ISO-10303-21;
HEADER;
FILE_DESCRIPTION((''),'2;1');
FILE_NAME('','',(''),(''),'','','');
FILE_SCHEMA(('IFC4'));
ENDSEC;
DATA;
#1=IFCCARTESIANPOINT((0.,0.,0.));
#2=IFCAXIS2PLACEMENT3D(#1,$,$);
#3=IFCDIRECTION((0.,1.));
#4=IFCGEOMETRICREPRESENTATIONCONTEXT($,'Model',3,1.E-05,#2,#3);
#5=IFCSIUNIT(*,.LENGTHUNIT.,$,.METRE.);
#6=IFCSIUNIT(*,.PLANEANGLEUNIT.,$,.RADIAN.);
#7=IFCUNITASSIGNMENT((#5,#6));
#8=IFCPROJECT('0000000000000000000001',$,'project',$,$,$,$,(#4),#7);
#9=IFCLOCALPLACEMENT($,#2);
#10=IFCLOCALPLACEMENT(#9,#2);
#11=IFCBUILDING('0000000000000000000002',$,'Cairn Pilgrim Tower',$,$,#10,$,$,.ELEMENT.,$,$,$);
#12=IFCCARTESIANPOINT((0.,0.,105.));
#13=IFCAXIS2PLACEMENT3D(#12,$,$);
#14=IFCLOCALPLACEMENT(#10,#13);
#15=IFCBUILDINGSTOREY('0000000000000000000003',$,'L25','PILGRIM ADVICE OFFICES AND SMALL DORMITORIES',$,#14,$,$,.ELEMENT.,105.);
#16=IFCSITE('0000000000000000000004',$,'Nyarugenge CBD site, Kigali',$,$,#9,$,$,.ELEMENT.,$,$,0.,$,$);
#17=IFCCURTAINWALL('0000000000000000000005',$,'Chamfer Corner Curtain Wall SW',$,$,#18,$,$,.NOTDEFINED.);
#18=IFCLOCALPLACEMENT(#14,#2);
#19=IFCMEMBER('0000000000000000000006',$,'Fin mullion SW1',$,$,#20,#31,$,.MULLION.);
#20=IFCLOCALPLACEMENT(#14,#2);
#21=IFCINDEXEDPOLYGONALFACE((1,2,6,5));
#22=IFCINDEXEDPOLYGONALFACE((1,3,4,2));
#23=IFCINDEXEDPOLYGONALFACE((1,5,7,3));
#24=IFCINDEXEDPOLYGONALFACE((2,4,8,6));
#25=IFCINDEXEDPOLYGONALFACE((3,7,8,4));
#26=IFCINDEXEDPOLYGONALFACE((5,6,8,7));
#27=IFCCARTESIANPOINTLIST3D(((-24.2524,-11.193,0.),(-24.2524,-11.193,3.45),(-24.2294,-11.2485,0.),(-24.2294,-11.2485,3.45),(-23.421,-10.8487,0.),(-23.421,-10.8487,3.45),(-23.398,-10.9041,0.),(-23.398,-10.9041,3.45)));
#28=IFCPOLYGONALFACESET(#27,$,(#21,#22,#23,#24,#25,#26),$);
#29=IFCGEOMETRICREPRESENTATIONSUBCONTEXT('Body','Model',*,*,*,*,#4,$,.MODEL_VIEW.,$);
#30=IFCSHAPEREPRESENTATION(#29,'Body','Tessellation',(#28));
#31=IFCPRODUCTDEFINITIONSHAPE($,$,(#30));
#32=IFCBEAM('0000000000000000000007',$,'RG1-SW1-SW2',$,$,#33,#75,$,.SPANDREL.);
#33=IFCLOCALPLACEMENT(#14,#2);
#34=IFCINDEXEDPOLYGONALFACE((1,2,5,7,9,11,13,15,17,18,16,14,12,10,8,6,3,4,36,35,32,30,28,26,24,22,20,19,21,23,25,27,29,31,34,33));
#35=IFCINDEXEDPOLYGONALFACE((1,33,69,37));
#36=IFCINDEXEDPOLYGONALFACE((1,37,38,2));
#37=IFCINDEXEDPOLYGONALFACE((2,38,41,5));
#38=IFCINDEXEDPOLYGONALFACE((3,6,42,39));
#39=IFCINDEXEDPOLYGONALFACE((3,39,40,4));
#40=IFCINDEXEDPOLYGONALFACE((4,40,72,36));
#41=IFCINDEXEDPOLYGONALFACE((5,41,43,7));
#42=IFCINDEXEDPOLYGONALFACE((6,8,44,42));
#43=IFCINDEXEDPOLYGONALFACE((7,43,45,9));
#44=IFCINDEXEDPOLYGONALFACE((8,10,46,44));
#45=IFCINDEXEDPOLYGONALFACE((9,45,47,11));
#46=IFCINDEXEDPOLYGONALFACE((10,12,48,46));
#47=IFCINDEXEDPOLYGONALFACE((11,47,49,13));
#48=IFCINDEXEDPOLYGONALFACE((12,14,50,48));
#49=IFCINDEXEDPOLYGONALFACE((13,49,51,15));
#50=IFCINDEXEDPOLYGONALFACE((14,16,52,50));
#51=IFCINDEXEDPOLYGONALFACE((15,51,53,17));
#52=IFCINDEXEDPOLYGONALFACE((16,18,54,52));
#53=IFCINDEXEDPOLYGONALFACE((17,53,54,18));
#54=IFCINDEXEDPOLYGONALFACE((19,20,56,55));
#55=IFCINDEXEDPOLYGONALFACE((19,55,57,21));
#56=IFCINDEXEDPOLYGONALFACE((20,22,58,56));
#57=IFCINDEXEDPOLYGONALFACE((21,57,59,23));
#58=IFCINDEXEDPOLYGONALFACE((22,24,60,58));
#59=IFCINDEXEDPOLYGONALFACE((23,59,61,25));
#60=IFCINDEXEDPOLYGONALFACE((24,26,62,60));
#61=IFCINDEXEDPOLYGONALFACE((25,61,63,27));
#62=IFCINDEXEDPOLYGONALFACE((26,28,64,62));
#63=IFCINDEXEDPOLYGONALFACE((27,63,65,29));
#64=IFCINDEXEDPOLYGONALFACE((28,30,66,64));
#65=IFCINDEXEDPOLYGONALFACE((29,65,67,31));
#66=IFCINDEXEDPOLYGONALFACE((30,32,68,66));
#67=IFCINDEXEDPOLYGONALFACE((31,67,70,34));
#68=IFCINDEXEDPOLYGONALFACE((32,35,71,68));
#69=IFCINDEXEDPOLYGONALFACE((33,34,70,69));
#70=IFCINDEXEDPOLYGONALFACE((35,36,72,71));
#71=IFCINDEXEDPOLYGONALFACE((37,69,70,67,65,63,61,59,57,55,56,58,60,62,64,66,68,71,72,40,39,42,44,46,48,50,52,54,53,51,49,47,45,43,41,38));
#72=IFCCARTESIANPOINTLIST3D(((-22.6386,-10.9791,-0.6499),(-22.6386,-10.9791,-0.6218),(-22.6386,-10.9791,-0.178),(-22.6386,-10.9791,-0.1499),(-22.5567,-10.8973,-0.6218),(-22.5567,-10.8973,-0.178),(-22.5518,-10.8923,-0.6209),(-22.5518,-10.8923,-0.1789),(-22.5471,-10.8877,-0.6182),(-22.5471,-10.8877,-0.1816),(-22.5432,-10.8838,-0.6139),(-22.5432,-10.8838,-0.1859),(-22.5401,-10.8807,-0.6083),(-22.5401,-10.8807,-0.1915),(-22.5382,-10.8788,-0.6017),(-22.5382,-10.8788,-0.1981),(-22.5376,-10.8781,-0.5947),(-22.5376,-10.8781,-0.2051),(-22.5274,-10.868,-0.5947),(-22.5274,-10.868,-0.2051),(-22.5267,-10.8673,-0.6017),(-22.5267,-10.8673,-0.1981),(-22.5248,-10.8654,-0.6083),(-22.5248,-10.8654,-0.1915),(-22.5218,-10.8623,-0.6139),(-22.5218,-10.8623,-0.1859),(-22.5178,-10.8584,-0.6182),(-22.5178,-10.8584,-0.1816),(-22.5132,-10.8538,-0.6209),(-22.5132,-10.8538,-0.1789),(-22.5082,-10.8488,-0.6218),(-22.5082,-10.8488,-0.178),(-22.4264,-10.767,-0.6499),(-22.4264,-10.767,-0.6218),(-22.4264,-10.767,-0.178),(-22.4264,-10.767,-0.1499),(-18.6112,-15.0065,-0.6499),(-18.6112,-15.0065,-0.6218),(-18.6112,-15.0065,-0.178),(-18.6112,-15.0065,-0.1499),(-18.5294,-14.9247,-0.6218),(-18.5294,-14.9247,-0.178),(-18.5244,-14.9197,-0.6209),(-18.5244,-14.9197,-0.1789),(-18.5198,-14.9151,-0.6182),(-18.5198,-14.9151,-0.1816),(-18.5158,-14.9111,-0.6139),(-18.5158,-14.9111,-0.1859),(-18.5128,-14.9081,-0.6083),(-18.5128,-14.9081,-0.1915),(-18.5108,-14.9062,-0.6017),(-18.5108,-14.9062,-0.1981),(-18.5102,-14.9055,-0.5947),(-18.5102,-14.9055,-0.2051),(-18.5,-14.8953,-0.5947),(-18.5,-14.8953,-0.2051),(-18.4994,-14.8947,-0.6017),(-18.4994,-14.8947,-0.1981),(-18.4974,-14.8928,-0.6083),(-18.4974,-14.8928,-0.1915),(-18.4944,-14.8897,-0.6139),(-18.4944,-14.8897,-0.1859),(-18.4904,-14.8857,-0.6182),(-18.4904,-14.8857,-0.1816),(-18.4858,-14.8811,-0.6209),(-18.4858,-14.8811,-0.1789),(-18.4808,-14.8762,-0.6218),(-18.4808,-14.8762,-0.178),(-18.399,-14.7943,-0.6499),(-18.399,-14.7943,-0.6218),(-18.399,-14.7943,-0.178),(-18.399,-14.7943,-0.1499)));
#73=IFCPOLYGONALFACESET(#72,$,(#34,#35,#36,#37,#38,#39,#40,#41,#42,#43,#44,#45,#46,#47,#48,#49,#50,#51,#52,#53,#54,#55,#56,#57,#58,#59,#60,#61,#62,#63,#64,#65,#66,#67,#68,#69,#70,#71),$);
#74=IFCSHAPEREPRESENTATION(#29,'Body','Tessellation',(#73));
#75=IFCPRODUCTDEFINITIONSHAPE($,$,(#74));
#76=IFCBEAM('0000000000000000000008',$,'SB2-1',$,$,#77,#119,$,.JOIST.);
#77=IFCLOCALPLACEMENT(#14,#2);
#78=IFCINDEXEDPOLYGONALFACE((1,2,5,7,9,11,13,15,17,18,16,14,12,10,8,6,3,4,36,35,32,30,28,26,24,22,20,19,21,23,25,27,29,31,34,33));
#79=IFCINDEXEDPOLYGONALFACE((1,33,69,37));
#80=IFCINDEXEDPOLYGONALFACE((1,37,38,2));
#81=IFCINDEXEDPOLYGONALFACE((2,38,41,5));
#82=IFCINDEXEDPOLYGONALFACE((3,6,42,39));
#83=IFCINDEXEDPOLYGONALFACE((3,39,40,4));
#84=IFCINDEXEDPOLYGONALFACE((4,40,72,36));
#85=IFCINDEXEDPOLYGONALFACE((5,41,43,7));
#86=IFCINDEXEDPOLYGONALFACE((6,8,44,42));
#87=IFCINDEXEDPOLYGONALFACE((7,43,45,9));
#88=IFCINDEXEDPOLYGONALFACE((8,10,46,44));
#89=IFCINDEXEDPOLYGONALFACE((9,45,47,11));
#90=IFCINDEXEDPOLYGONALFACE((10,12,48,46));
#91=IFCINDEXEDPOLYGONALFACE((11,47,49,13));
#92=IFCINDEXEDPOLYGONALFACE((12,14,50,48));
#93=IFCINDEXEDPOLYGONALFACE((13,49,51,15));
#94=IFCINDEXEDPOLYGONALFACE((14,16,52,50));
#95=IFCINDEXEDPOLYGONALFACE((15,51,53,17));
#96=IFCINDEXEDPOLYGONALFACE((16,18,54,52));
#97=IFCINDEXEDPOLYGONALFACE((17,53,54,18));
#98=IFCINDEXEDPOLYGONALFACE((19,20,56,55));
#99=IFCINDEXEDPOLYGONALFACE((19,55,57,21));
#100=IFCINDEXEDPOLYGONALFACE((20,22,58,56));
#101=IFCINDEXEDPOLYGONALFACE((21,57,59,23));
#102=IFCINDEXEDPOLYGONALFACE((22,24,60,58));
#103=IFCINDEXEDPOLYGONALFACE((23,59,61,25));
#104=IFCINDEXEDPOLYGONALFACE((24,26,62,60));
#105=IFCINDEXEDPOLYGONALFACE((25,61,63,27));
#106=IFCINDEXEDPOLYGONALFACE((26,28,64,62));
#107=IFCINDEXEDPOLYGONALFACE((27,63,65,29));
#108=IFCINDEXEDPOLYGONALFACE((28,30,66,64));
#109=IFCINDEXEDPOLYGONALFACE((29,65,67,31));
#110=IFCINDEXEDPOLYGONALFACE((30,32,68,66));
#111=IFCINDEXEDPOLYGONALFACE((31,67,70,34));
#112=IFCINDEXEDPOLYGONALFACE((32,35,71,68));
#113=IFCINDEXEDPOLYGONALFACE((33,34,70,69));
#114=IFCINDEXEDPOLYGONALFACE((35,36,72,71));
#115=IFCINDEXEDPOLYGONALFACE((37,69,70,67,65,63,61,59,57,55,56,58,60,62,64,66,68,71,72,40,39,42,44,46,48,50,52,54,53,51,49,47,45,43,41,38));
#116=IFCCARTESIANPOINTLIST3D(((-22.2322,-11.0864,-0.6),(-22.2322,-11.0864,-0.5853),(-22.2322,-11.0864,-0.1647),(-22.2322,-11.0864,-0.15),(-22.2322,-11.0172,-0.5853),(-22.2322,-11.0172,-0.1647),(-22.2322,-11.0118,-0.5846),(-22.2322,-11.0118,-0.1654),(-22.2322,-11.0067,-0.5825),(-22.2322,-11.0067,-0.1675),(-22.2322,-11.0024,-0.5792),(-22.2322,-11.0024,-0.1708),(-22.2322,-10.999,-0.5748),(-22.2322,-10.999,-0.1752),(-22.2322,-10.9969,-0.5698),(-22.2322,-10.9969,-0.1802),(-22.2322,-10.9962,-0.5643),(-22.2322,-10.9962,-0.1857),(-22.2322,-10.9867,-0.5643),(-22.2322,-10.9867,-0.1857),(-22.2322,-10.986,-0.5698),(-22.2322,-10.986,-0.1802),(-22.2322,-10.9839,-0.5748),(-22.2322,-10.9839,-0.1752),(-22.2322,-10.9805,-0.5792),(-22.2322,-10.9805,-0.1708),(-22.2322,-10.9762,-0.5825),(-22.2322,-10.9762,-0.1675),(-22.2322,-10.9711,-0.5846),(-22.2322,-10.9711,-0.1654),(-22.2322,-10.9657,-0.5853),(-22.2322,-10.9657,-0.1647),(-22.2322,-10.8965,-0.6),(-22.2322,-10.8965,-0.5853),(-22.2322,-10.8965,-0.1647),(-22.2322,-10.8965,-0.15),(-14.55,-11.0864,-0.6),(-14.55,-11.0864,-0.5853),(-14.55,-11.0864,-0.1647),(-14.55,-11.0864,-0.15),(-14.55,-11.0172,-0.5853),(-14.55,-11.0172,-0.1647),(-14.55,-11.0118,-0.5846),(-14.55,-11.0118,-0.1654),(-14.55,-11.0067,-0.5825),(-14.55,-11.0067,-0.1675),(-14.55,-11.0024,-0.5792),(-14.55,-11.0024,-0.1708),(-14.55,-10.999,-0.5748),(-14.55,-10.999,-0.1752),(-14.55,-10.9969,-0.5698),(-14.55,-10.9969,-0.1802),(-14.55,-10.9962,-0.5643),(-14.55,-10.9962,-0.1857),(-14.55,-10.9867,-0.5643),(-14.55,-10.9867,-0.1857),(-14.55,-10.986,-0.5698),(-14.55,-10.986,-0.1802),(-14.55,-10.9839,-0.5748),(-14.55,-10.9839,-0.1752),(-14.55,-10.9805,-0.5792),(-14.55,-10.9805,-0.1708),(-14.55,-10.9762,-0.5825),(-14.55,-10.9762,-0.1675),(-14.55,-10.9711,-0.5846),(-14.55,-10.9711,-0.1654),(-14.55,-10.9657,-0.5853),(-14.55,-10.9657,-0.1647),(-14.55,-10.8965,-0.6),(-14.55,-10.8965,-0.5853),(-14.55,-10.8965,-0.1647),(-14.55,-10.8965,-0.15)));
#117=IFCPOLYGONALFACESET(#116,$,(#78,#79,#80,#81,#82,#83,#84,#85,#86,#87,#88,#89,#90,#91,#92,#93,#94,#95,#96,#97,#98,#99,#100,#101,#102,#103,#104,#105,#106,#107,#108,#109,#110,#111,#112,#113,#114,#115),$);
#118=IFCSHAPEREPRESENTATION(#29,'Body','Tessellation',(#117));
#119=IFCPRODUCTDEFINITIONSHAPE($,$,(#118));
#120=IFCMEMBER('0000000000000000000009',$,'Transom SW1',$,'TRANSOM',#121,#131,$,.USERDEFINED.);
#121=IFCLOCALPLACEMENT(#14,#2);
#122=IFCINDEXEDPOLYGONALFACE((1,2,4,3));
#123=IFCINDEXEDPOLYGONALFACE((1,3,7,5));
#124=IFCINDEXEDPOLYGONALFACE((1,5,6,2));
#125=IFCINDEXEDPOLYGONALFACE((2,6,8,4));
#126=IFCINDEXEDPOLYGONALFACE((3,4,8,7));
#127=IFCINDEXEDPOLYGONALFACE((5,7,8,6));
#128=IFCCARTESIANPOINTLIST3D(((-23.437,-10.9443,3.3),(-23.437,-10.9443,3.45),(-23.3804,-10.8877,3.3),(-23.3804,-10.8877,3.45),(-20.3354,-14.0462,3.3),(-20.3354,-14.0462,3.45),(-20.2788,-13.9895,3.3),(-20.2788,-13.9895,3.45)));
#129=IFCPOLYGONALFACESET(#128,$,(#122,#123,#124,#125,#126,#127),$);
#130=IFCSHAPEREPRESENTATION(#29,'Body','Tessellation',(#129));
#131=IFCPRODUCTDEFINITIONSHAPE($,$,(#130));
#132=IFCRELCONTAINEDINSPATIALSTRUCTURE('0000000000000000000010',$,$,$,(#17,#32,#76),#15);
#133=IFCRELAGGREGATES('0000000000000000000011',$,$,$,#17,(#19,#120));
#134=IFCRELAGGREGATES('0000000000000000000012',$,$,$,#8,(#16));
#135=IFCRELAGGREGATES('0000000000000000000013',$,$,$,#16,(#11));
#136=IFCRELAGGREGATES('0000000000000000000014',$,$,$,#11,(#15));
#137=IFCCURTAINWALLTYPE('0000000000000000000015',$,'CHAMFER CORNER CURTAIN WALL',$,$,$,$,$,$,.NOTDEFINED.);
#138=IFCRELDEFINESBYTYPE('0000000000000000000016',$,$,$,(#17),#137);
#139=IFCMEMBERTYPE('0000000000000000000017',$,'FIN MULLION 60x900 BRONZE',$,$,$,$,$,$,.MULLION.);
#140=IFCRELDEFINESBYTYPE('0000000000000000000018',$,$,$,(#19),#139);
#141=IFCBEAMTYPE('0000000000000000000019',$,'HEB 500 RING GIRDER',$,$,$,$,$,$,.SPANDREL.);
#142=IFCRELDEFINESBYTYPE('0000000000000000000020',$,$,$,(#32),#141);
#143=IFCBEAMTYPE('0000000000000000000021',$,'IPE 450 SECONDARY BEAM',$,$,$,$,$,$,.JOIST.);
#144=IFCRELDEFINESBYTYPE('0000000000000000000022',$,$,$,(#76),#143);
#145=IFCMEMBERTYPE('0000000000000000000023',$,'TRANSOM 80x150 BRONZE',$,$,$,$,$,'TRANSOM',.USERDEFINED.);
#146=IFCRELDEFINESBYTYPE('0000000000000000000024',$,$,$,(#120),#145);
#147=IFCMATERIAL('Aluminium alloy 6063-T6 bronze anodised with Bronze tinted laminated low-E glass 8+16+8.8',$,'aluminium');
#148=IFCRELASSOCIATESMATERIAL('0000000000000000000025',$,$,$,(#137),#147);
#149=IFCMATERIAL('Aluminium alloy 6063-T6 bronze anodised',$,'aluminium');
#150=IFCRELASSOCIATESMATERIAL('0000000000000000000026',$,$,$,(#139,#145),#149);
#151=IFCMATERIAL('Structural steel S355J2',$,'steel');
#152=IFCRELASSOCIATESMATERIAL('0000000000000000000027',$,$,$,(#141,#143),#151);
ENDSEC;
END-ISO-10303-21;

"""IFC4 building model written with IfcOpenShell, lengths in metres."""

from ifc_helpers import new_model, si_unit, direction, frame, origin, origin_2d, place, context, subcontext, project, spatial, rectangle, i_section, extrude, material, material_profile, profile_set, type_object, element, aggregate, save


model = new_model("IFC4")

# Units and contexts
model_context = context("Model", 3, precision=1e-05, world=origin(), true_north=direction((0.0, 1.0)))
body_context = subcontext(model_context, "Body", "Model", "MODEL_VIEW")
ifc_project = project(units=[si_unit("LENGTHUNIT", "METRE"), si_unit("PLANEANGLEUNIT", "RADIAN")], contexts=[model_context])

# Site, building, storey
site_placement = place(None, origin())
site = spatial("IfcSite", under=ifc_project, at=site_placement, Name="Nyarugenge CBD site, Kigali", CompositionType="ELEMENT", RefElevation=0.0)
building_placement = place(site_placement, origin())
building = spatial("IfcBuilding", under=site, at=building_placement, Name="Cairn Pilgrim Tower", CompositionType="ELEMENT")
storey_placement = place(building_placement, frame((0.0, 0.0, 105.0)))
storey = spatial("IfcBuildingStorey", under=building, at=storey_placement, Name="L25", Description="PILGRIM ADVICE OFFICES AND SMALL DORMITORIES", CompositionType="ELEMENT", Elevation=105.0)

# Curtain wall, member
ifc_material_1 = material(Name="Aluminium alloy 6063-T6 bronze anodised with Bronze tinted laminated low-E glass 8+16+8.8", Category="aluminium")
curtain_wall_type = type_object("IfcCurtainWallType", Name="CHAMFER CORNER CURTAIN WALL", PredefinedType="NOTDEFINED", material=ifc_material_1)
curtain_wall_placement = place(storey_placement, origin())
curtain_wall = element("IfcCurtainWall", 1, at=curtain_wall_placement, inside=storey, type_object=curtain_wall_type, Name="Chamfer Corner Curtain Wall SW", PredefinedType="NOTDEFINED")
ifc_material_2 = material(Name="Aluminium alloy 6063-T6 bronze anodised", Category="aluminium")
ifc_material_profile_1 = material_profile(ifc_material_2, rectangle(XDim=0.8999, YDim=0.0601, at=origin_2d()), Name="FIN MULLION 60x900 BRONZE")
ifc_profile_set_1 = profile_set([ifc_material_profile_1], Name="Aluminium alloy 6063-T6 bronze anodised")
member_type_1 = type_object("IfcMemberType", Name="FIN MULLION 60x900 BRONZE", PredefinedType="MULLION", material=ifc_profile_set_1)
member_1_placement = place(storey_placement, frame((-23.8252, -11.0486, 0.0), z_axis=(0.0, 0.0, 1.0), x_axis=(-0.92388, -0.382683, 0.0)))
member_1 = element("IfcMember", 2, at=member_1_placement, type_object=member_type_1, Name="Fin mullion SW1", PredefinedType="MULLION", context=body_context, shape_type="SweptSolid", body=[
    extrude(rectangle(XDim=0.8999, YDim=0.0601, at=origin_2d()), origin(), (0.0, 0.0, 1.0), 3.45),
])

# Beams
ifc_material_3 = material(Name="Structural steel S355J2", Category="steel")
ifc_material_profile_2 = material_profile(ifc_material_3, i_section(OverallWidth=0.3, OverallDepth=0.5, WebThickness=0.0144, FlangeThickness=0.0281, FilletRadius=0.0271, at=origin_2d()), Name="HEB 500")
ifc_profile_set_2 = profile_set([ifc_material_profile_2], Name="Structural steel S355J2")
beam_type_1 = type_object("IfcBeamType", Name="HEB 500 RING GIRDER", PredefinedType="SPANDREL", material=ifc_profile_set_2)
beam_1_placement = place(storey_placement, frame((-22.5325, -10.873, -0.3999), z_axis=(0.707107, -0.707107, 0.0), x_axis=(0.707107, 0.707107, 0.0)))
element("IfcBeam", 3, at=beam_1_placement, inside=storey, type_object=beam_type_1, Name="RG1-SW1-SW2", PredefinedType="SPANDREL", context=body_context, shape_type="SweptSolid", body=[
    extrude(i_section(OverallWidth=0.3, OverallDepth=0.5, WebThickness=0.0144, FlangeThickness=0.0281, FilletRadius=0.0271, at=origin_2d()), origin(), (0.0, 0.0, 1.0), 5.6956),
])
ifc_material_profile_3 = material_profile(ifc_material_3, i_section(OverallWidth=0.1899, OverallDepth=0.45, WebThickness=0.0095, FlangeThickness=0.0146, FilletRadius=0.021, at=origin_2d()), Name="IPE 450")
ifc_profile_set_3 = profile_set([ifc_material_profile_3], Name="Structural steel S355J2")
beam_type_2 = type_object("IfcBeamType", Name="IPE 450 SECONDARY BEAM", PredefinedType="JOIST", material=ifc_profile_set_3)
beam_2_placement = place(storey_placement, frame((-22.2322, -10.9915, -0.375), z_axis=(1.0, 0.0, 0.0), x_axis=(0.0, 1.0, 0.0)))
element("IfcBeam", 4, at=beam_2_placement, inside=storey, type_object=beam_type_2, Name="SB2-1", PredefinedType="JOIST", context=body_context, shape_type="SweptSolid", body=[
    extrude(i_section(OverallWidth=0.1899, OverallDepth=0.45, WebThickness=0.0095, FlangeThickness=0.0146, FilletRadius=0.021, at=origin_2d()), origin(), (0.0, 0.0, 1.0), 7.6821),
])

# Member
ifc_material_profile_4 = material_profile(ifc_material_2, rectangle(XDim=0.0801, YDim=0.1499, at=origin_2d()), Name="TRANSOM 80x150 BRONZE")
ifc_profile_set_4 = profile_set([ifc_material_profile_4], Name="Aluminium alloy 6063-T6 bronze anodised")
member_type_2 = type_object("IfcMemberType", Name="TRANSOM 80x150 BRONZE", ElementType="TRANSOM", PredefinedType="USERDEFINED", material=ifc_profile_set_4)
member_2_placement = place(storey_placement, frame((-23.4087, -10.916, 3.375), z_axis=(0.707079, -0.707135, 0.0), x_axis=(0.707135, 0.707079, 0.0)))
member_2 = element("IfcMember", 5, at=member_2_placement, type_object=member_type_2, Name="Transom SW1", ObjectType="TRANSOM", PredefinedType="USERDEFINED", context=body_context, shape_type="SweptSolid", body=[
    extrude(rectangle(XDim=0.0801, YDim=0.1499, at=origin_2d()), origin(), (0.0, 0.0, 1.0), 4.3865),
])
aggregate(curtain_wall, [member_1, member_2])

save(model, "model.ifc")
